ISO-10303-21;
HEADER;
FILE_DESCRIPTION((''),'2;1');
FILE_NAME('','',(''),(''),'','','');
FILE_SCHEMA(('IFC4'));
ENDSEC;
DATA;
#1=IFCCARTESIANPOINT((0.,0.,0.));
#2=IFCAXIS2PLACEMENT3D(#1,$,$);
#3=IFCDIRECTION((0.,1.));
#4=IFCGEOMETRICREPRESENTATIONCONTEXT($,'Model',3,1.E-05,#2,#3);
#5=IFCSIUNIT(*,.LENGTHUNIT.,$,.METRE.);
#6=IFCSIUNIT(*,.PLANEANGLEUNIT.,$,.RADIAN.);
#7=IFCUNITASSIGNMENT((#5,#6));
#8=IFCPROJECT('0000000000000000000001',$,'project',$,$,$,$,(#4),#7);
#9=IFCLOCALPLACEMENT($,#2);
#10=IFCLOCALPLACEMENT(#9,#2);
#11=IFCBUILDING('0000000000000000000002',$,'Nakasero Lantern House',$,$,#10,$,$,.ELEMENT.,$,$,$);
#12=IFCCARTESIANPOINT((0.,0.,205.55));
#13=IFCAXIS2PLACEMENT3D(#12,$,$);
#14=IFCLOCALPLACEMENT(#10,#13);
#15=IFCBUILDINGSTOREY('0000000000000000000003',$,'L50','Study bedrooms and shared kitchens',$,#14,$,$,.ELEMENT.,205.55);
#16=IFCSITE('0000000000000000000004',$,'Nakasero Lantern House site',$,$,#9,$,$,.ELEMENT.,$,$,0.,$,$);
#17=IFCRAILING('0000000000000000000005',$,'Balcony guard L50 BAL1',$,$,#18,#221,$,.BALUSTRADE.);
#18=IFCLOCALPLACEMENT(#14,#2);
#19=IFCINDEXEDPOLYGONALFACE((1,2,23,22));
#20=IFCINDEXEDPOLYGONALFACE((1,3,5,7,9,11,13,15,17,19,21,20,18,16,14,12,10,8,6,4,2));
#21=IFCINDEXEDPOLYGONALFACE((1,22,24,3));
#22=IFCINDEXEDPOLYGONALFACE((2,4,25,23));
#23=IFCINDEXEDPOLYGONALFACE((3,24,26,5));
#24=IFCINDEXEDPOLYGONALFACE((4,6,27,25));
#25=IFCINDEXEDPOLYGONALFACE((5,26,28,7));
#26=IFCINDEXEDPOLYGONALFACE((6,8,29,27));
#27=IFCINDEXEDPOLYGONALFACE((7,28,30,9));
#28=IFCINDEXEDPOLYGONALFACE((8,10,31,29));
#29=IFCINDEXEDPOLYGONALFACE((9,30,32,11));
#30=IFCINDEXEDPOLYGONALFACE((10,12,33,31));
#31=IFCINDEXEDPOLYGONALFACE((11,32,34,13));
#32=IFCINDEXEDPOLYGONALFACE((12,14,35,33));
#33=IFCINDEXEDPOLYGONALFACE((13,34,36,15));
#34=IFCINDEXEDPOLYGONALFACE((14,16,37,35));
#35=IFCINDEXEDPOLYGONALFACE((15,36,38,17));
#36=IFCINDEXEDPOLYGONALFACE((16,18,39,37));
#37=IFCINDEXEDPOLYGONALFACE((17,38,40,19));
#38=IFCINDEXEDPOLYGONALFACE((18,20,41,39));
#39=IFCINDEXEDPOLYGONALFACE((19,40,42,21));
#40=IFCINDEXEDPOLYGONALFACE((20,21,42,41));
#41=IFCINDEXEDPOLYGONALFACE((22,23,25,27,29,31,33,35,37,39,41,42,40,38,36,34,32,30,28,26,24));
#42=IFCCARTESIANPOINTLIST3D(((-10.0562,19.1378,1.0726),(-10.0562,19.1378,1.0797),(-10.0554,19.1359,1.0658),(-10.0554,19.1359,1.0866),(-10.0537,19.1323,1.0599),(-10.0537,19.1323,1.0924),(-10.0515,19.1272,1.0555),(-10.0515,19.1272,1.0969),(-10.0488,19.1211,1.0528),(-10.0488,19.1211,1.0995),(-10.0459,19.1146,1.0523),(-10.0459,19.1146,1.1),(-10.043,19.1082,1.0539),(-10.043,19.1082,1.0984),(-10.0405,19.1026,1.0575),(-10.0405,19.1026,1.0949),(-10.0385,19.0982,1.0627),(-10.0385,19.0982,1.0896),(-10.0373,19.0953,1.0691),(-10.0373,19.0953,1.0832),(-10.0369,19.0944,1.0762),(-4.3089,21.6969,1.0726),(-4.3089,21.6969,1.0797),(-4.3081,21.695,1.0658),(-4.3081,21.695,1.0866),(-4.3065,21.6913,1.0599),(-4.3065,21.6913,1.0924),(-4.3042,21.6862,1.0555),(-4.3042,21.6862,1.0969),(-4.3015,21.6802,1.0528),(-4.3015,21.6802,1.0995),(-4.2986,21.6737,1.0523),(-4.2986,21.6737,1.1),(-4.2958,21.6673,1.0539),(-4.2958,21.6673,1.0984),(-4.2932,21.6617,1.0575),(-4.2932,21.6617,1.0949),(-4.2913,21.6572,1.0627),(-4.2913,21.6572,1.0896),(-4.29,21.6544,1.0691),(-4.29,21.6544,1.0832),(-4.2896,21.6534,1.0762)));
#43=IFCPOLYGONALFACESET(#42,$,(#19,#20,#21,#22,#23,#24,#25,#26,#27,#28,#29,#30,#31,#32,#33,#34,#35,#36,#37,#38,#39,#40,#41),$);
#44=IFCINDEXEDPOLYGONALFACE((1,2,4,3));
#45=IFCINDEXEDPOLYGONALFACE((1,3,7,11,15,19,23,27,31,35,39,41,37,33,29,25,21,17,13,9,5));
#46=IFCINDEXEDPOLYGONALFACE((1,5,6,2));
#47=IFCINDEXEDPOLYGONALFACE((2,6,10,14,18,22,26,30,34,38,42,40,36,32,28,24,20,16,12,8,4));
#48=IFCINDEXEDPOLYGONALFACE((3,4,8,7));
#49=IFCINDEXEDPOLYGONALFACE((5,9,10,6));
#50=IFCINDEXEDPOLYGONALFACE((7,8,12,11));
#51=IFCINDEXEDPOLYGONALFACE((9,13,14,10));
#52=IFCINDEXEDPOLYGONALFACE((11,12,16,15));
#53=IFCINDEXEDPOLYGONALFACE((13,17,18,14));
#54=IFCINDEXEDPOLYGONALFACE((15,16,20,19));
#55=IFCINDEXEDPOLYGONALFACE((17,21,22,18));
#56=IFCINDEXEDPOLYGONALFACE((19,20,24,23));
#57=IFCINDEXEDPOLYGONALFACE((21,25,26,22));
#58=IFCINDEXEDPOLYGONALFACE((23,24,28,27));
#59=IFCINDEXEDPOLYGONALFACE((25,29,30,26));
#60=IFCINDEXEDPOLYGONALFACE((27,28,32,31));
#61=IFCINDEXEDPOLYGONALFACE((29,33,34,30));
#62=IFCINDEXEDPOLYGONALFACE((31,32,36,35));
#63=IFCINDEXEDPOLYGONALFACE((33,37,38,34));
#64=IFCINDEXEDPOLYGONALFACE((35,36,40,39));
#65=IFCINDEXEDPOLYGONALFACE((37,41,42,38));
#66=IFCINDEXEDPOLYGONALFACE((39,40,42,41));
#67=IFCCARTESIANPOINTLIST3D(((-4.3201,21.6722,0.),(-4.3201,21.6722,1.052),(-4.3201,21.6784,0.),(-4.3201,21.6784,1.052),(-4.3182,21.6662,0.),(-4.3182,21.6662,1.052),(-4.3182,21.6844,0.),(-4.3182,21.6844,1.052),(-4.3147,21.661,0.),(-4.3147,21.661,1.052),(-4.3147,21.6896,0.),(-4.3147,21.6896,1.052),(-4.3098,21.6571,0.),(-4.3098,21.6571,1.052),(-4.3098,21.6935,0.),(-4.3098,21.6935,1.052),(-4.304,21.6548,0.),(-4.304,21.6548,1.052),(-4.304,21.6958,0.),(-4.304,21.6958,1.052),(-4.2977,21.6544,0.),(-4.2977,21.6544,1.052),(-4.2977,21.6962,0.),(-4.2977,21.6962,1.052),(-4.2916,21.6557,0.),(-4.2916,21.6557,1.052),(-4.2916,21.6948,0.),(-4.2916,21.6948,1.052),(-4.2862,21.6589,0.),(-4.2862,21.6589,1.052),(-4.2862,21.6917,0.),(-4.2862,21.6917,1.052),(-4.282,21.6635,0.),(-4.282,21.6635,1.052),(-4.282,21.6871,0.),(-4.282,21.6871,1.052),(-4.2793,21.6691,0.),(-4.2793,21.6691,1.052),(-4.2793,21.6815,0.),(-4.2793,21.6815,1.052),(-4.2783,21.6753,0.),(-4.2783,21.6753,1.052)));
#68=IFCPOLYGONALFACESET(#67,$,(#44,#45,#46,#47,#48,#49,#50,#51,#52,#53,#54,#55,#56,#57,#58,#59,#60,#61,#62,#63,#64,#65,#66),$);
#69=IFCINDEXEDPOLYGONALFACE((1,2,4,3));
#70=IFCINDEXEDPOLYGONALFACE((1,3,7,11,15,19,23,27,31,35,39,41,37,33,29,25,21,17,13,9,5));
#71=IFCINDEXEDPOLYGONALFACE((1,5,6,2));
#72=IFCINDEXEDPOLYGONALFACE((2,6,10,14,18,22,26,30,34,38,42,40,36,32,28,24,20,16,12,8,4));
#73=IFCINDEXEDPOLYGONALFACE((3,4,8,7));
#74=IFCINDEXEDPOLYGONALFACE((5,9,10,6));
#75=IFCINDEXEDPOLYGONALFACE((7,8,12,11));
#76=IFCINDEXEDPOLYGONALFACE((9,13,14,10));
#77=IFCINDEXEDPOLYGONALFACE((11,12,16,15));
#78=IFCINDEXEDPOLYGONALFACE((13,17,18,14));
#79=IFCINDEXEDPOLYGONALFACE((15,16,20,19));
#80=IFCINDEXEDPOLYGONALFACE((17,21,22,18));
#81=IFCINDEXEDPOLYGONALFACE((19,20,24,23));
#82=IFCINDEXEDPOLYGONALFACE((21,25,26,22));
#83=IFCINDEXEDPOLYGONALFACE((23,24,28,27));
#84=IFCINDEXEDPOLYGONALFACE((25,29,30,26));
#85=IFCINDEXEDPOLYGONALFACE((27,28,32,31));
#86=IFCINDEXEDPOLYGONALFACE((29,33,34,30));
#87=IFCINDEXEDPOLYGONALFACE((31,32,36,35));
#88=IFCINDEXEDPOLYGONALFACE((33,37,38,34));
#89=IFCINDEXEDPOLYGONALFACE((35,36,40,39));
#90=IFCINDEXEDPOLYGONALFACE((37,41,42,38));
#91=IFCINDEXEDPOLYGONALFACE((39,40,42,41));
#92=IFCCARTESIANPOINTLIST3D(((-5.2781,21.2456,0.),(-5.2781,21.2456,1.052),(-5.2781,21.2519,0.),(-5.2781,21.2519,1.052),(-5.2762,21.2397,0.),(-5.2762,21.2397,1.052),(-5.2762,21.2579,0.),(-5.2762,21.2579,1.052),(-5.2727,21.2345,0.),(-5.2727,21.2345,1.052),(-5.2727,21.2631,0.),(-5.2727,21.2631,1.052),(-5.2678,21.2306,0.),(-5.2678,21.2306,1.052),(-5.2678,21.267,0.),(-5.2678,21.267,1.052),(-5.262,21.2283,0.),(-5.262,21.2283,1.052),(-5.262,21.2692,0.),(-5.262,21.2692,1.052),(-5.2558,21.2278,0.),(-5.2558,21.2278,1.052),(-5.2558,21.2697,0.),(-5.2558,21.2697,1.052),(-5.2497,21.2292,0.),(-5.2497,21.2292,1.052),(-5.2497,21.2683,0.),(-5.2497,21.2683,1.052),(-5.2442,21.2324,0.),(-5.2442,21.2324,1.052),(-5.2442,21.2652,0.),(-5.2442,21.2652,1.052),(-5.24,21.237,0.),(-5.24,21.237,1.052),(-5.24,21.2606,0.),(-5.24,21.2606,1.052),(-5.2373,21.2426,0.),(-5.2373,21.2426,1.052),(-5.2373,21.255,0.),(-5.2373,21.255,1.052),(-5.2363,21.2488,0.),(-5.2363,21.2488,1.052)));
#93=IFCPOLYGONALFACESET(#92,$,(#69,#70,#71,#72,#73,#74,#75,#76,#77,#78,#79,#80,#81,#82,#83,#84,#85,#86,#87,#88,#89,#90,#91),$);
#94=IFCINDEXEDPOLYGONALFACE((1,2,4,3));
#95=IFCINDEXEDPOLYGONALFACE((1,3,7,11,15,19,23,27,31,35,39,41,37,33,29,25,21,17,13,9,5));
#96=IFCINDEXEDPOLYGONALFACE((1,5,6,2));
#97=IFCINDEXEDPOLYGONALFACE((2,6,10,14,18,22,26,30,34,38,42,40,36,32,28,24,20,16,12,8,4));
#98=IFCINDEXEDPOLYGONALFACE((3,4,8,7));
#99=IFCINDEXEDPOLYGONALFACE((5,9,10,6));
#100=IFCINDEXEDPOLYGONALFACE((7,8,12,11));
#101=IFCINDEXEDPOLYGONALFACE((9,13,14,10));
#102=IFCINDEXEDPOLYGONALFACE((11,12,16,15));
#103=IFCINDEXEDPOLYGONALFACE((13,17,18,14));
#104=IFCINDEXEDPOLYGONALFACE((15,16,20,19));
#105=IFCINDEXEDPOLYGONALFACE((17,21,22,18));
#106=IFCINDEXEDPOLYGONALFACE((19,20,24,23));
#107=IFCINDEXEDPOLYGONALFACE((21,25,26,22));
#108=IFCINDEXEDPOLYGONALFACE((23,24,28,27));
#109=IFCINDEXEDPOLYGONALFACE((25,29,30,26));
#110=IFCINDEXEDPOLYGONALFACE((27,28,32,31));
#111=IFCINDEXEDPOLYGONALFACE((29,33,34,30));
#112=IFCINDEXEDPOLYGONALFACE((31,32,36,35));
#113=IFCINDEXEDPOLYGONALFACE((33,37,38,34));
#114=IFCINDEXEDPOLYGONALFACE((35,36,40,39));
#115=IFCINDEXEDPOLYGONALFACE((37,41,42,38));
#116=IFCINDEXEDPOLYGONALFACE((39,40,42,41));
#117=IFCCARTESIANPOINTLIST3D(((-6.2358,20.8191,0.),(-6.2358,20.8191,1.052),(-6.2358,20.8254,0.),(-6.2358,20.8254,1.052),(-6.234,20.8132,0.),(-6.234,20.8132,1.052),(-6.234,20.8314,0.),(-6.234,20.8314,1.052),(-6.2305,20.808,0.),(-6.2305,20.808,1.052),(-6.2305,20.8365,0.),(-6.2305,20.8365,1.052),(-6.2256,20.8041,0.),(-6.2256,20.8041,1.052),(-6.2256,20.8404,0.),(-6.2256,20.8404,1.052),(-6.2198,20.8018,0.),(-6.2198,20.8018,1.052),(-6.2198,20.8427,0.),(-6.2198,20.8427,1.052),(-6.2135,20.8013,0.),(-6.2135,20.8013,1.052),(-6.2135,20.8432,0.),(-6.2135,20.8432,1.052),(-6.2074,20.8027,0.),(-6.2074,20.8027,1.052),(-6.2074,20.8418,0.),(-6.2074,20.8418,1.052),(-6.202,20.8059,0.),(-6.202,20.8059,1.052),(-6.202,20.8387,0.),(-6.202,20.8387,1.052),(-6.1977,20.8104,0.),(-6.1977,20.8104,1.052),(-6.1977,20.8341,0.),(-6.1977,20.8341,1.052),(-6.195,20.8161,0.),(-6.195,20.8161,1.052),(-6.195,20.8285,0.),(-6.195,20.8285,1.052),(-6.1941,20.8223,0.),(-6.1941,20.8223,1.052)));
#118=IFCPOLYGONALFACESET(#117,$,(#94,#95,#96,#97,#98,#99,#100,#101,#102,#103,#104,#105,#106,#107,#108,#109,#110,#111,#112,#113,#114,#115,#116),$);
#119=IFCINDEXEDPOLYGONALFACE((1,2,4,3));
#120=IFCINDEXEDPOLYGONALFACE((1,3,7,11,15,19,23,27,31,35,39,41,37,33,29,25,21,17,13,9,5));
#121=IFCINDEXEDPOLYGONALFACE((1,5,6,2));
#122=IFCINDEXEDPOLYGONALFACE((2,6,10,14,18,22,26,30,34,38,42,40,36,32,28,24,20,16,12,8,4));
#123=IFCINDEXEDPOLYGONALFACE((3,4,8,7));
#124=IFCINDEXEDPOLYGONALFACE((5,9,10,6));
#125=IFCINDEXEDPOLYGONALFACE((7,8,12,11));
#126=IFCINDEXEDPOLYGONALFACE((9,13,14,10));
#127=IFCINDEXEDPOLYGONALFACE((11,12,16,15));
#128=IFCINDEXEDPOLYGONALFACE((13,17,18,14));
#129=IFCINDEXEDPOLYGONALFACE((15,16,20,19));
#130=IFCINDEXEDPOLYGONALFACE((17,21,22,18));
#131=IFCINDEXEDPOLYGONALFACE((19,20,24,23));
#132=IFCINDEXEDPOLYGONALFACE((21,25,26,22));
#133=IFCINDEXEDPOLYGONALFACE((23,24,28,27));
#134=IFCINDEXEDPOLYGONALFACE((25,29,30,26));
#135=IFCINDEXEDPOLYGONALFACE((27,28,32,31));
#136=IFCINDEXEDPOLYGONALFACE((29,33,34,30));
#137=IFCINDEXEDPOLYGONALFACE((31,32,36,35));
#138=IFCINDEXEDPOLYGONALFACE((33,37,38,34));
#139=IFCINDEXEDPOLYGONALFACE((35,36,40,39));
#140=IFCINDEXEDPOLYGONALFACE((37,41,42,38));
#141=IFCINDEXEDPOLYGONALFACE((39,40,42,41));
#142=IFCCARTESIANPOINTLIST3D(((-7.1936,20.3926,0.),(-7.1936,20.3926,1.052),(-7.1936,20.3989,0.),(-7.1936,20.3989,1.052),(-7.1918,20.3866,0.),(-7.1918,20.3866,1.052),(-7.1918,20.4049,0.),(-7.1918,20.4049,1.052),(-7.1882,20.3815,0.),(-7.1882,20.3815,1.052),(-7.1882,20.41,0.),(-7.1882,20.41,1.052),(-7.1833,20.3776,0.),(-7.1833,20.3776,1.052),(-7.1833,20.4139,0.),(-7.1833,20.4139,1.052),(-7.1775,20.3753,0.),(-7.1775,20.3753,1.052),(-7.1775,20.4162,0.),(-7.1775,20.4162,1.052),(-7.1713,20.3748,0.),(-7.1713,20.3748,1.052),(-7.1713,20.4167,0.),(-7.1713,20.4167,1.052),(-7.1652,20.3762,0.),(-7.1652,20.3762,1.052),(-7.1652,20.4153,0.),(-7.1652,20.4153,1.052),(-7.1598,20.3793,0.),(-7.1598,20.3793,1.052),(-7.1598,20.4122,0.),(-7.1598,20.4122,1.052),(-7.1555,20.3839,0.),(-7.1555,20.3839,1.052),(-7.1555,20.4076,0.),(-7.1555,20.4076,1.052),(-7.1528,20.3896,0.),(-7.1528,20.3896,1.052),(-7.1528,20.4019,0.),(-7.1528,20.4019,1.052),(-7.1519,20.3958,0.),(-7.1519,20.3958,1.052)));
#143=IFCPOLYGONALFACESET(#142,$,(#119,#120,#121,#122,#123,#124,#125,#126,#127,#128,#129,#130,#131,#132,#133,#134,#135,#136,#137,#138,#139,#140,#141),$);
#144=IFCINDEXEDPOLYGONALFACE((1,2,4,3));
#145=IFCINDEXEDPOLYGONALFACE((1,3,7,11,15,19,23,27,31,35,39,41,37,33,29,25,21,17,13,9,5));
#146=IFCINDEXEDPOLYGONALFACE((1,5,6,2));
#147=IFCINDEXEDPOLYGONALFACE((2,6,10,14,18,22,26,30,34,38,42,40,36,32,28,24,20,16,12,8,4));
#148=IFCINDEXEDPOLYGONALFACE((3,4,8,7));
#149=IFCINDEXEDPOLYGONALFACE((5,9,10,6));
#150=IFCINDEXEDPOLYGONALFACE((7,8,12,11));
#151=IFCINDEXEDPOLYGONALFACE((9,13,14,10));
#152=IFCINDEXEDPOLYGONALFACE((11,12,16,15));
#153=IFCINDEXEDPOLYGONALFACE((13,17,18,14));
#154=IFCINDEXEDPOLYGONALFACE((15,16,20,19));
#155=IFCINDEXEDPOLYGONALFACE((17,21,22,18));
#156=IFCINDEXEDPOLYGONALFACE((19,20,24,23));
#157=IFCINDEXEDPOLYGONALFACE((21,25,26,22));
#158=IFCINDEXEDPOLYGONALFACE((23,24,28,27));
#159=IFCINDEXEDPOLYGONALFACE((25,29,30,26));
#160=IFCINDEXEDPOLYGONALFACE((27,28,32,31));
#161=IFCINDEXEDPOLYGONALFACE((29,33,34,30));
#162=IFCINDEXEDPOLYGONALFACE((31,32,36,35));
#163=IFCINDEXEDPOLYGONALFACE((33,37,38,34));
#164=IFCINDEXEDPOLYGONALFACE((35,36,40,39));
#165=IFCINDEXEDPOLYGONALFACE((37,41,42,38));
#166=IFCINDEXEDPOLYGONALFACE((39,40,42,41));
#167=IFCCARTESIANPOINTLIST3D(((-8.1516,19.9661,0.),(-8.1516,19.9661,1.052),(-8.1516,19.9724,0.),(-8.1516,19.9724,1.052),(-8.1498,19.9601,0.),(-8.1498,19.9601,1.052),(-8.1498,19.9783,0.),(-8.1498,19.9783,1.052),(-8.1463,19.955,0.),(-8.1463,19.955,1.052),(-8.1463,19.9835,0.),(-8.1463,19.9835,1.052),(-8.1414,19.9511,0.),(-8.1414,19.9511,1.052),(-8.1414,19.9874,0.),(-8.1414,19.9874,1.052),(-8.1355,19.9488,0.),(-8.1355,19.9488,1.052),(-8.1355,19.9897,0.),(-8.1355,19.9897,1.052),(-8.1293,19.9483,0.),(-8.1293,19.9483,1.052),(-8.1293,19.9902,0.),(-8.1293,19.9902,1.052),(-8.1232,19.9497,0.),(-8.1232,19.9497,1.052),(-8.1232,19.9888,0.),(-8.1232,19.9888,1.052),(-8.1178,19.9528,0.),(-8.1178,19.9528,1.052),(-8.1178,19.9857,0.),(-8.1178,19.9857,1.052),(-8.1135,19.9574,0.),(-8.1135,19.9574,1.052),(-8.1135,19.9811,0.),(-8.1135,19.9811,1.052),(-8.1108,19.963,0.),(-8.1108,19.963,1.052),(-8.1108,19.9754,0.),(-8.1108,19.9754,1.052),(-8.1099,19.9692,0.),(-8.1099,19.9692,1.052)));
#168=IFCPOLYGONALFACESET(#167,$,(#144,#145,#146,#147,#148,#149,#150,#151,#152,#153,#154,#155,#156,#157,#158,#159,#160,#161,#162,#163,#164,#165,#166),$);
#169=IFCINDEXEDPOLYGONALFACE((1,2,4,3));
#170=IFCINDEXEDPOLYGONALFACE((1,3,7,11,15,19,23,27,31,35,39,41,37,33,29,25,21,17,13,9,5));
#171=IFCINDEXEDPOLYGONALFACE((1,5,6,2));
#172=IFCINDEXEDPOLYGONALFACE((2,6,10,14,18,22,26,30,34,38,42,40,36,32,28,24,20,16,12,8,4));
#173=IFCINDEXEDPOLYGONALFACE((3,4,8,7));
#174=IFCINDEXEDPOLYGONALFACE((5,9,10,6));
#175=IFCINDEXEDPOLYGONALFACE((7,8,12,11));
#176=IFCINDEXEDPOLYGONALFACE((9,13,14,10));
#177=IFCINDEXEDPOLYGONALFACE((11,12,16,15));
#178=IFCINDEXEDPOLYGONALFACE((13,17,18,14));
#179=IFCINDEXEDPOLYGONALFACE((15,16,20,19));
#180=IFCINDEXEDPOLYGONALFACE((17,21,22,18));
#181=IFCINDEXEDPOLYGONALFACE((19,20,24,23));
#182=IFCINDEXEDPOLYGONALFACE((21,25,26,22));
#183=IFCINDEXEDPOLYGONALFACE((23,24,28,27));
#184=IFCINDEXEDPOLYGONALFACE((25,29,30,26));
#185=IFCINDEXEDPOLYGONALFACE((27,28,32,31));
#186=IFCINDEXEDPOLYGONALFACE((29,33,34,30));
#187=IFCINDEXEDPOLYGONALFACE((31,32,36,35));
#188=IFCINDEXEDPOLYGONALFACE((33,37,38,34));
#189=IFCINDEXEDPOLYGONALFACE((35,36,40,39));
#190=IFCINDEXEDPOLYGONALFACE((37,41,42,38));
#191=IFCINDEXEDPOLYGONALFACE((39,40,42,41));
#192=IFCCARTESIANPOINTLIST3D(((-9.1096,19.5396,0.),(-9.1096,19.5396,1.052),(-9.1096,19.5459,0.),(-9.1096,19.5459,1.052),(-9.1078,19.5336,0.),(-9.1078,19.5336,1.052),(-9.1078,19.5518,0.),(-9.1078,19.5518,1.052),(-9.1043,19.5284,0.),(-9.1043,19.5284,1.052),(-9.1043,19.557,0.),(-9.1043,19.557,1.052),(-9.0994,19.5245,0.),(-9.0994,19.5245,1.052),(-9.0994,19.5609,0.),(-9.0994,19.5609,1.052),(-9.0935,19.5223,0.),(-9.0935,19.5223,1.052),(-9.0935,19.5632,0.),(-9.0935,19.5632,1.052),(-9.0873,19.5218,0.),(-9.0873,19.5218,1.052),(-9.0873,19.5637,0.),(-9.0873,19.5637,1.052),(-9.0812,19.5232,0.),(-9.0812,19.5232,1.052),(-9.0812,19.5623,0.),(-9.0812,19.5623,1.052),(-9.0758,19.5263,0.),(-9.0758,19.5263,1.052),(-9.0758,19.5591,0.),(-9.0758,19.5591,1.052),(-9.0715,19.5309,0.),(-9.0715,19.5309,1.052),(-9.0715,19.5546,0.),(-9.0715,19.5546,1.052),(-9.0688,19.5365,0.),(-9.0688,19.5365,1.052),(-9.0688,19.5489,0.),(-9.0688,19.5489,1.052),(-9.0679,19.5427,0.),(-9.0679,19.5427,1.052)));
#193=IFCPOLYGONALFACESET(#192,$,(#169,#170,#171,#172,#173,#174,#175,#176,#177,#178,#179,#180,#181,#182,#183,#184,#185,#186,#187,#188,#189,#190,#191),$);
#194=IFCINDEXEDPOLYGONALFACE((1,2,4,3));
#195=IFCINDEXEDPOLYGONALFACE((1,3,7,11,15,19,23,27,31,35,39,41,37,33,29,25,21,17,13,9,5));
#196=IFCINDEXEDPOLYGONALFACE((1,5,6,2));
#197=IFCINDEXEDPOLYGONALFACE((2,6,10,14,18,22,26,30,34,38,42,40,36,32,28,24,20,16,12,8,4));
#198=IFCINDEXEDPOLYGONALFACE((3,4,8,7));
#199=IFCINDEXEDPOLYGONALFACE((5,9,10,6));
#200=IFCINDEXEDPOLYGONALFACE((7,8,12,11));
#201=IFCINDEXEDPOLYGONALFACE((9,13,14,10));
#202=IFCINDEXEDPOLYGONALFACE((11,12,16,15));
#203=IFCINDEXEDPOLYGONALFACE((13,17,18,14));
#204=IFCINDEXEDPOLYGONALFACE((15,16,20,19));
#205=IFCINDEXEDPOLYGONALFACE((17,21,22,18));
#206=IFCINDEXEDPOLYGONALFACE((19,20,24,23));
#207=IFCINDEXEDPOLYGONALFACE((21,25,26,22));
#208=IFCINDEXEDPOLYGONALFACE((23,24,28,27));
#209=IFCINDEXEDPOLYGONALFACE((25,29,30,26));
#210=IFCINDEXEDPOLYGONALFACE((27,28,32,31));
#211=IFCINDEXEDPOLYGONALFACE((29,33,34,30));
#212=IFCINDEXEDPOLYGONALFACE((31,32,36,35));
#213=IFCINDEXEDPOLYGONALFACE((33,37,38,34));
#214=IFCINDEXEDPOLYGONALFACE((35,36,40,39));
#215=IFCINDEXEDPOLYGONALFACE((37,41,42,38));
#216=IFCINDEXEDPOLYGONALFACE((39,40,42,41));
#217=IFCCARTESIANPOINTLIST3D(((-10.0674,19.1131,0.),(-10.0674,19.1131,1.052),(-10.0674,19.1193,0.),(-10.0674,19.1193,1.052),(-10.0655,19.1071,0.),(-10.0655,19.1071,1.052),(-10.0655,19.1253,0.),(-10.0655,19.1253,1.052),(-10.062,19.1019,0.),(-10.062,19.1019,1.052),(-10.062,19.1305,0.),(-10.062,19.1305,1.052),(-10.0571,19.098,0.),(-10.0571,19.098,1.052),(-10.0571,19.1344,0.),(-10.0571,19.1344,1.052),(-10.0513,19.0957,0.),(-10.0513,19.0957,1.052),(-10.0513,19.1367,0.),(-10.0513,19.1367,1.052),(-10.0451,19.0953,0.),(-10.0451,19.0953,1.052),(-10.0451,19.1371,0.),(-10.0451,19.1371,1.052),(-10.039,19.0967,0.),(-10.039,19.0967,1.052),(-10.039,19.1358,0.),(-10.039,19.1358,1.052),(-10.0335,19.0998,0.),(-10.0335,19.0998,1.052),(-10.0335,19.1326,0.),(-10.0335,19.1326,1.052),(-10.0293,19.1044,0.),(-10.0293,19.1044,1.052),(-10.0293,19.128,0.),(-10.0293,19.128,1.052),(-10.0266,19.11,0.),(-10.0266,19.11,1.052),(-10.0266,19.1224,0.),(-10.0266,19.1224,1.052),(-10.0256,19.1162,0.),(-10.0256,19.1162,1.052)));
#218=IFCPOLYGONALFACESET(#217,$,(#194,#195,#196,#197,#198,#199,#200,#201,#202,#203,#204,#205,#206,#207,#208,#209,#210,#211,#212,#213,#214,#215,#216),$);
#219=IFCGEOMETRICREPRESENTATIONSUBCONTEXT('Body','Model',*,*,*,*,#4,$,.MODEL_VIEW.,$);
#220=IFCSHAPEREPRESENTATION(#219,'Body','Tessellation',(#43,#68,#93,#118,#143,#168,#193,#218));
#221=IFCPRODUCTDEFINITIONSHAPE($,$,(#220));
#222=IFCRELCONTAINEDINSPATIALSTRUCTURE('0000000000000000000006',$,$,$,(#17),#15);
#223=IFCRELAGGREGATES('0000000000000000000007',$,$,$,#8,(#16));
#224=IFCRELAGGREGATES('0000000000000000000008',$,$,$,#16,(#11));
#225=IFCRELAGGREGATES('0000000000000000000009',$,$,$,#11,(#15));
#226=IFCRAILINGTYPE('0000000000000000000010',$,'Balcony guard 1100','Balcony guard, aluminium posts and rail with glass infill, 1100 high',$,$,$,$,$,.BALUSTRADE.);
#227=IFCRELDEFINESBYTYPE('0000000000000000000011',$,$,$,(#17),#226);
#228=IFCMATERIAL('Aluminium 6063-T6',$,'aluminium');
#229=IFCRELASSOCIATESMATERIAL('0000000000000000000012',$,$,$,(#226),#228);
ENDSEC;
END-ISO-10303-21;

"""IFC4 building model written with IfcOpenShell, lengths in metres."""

from ifc_helpers import new_model, si_unit, direction, frame, origin, origin_2d, place, context, subcontext, project, spatial, circle, extrude, material, type_object, element, save


model = new_model("IFC4")

# Units and contexts
model_context = context("Model", 3, precision=1e-05, world=origin(), true_north=direction((0.0, 1.0)))
body_context = subcontext(model_context, "Body", "Model", "MODEL_VIEW")
ifc_project = project(units=[si_unit("LENGTHUNIT", "METRE"), si_unit("PLANEANGLEUNIT", "RADIAN")], contexts=[model_context])

# Site, building, storey
site_placement = place(None, origin())
site = spatial("IfcSite", under=ifc_project, at=site_placement, Name="Nakasero Lantern House site", CompositionType="ELEMENT", RefElevation=0.0)
building_placement = place(site_placement, origin())
building = spatial("IfcBuilding", under=site, at=building_placement, Name="Nakasero Lantern House", CompositionType="ELEMENT")
storey_placement = place(building_placement, frame((0.0, 0.0, 205.55)))
storey = spatial("IfcBuildingStorey", under=building, at=storey_placement, Name="L50", Description="Study bedrooms and shared kitchens", CompositionType="ELEMENT", Elevation=205.55)

# Railing
ifc_material_1 = material(Name="Aluminium 6063-T6", Category="aluminium")
railing_type = type_object("IfcRailingType", Name="Balcony guard 1100", Description="Balcony guard, aluminium posts and rail with glass infill, 1100 high", PredefinedType="BALUSTRADE", material=ifc_material_1)
railing_placement = place(storey_placement, frame((-4.2993, 21.6753, 0.0)))
element("IfcRailing", 1, at=railing_placement, inside=storey, type_object=railing_type, Name="Balcony guard L50 BAL1", PredefinedType="BALUSTRADE", context=body_context, shape_type="SweptSolid", body=[
    extrude(circle(Radius=0.0239, at=origin_2d()), frame((0.0, 0.0, 1.0762), z_axis=(-0.913533, -0.406765, 0.0), x_axis=(0.406765, -0.913533, 0.0)), (0.0, 0.0, 1.0), 6.2913),
    extrude(circle(Radius=0.021, at=origin_2d()), origin(), (0.0, 0.0, 1.0), 1.052),
    extrude(circle(Radius=0.021, at=origin_2d()), frame((-0.958, -0.4265, 0.0)), (0.0, 0.0, 1.0), 1.052),
    extrude(circle(Radius=0.021, at=origin_2d()), frame((-1.9158, -0.853, 0.0)), (0.0, 0.0, 1.0), 1.052),
    extrude(circle(Radius=0.021, at=origin_2d()), frame((-2.8735, -1.2795, 0.0)), (0.0, 0.0, 1.0), 1.052),
    extrude(circle(Radius=0.021, at=origin_2d()), frame((-3.8315, -1.7061, 0.0)), (0.0, 0.0, 1.0), 1.052),
    extrude(circle(Radius=0.021, at=origin_2d()), frame((-4.7896, -2.1326, 0.0)), (0.0, 0.0, 1.0), 1.052),
    extrude(circle(Radius=0.021, at=origin_2d()), frame((-5.7473, -2.5591, 0.0)), (0.0, 0.0, 1.0), 1.052),
])

save(model, "model.ifc")
